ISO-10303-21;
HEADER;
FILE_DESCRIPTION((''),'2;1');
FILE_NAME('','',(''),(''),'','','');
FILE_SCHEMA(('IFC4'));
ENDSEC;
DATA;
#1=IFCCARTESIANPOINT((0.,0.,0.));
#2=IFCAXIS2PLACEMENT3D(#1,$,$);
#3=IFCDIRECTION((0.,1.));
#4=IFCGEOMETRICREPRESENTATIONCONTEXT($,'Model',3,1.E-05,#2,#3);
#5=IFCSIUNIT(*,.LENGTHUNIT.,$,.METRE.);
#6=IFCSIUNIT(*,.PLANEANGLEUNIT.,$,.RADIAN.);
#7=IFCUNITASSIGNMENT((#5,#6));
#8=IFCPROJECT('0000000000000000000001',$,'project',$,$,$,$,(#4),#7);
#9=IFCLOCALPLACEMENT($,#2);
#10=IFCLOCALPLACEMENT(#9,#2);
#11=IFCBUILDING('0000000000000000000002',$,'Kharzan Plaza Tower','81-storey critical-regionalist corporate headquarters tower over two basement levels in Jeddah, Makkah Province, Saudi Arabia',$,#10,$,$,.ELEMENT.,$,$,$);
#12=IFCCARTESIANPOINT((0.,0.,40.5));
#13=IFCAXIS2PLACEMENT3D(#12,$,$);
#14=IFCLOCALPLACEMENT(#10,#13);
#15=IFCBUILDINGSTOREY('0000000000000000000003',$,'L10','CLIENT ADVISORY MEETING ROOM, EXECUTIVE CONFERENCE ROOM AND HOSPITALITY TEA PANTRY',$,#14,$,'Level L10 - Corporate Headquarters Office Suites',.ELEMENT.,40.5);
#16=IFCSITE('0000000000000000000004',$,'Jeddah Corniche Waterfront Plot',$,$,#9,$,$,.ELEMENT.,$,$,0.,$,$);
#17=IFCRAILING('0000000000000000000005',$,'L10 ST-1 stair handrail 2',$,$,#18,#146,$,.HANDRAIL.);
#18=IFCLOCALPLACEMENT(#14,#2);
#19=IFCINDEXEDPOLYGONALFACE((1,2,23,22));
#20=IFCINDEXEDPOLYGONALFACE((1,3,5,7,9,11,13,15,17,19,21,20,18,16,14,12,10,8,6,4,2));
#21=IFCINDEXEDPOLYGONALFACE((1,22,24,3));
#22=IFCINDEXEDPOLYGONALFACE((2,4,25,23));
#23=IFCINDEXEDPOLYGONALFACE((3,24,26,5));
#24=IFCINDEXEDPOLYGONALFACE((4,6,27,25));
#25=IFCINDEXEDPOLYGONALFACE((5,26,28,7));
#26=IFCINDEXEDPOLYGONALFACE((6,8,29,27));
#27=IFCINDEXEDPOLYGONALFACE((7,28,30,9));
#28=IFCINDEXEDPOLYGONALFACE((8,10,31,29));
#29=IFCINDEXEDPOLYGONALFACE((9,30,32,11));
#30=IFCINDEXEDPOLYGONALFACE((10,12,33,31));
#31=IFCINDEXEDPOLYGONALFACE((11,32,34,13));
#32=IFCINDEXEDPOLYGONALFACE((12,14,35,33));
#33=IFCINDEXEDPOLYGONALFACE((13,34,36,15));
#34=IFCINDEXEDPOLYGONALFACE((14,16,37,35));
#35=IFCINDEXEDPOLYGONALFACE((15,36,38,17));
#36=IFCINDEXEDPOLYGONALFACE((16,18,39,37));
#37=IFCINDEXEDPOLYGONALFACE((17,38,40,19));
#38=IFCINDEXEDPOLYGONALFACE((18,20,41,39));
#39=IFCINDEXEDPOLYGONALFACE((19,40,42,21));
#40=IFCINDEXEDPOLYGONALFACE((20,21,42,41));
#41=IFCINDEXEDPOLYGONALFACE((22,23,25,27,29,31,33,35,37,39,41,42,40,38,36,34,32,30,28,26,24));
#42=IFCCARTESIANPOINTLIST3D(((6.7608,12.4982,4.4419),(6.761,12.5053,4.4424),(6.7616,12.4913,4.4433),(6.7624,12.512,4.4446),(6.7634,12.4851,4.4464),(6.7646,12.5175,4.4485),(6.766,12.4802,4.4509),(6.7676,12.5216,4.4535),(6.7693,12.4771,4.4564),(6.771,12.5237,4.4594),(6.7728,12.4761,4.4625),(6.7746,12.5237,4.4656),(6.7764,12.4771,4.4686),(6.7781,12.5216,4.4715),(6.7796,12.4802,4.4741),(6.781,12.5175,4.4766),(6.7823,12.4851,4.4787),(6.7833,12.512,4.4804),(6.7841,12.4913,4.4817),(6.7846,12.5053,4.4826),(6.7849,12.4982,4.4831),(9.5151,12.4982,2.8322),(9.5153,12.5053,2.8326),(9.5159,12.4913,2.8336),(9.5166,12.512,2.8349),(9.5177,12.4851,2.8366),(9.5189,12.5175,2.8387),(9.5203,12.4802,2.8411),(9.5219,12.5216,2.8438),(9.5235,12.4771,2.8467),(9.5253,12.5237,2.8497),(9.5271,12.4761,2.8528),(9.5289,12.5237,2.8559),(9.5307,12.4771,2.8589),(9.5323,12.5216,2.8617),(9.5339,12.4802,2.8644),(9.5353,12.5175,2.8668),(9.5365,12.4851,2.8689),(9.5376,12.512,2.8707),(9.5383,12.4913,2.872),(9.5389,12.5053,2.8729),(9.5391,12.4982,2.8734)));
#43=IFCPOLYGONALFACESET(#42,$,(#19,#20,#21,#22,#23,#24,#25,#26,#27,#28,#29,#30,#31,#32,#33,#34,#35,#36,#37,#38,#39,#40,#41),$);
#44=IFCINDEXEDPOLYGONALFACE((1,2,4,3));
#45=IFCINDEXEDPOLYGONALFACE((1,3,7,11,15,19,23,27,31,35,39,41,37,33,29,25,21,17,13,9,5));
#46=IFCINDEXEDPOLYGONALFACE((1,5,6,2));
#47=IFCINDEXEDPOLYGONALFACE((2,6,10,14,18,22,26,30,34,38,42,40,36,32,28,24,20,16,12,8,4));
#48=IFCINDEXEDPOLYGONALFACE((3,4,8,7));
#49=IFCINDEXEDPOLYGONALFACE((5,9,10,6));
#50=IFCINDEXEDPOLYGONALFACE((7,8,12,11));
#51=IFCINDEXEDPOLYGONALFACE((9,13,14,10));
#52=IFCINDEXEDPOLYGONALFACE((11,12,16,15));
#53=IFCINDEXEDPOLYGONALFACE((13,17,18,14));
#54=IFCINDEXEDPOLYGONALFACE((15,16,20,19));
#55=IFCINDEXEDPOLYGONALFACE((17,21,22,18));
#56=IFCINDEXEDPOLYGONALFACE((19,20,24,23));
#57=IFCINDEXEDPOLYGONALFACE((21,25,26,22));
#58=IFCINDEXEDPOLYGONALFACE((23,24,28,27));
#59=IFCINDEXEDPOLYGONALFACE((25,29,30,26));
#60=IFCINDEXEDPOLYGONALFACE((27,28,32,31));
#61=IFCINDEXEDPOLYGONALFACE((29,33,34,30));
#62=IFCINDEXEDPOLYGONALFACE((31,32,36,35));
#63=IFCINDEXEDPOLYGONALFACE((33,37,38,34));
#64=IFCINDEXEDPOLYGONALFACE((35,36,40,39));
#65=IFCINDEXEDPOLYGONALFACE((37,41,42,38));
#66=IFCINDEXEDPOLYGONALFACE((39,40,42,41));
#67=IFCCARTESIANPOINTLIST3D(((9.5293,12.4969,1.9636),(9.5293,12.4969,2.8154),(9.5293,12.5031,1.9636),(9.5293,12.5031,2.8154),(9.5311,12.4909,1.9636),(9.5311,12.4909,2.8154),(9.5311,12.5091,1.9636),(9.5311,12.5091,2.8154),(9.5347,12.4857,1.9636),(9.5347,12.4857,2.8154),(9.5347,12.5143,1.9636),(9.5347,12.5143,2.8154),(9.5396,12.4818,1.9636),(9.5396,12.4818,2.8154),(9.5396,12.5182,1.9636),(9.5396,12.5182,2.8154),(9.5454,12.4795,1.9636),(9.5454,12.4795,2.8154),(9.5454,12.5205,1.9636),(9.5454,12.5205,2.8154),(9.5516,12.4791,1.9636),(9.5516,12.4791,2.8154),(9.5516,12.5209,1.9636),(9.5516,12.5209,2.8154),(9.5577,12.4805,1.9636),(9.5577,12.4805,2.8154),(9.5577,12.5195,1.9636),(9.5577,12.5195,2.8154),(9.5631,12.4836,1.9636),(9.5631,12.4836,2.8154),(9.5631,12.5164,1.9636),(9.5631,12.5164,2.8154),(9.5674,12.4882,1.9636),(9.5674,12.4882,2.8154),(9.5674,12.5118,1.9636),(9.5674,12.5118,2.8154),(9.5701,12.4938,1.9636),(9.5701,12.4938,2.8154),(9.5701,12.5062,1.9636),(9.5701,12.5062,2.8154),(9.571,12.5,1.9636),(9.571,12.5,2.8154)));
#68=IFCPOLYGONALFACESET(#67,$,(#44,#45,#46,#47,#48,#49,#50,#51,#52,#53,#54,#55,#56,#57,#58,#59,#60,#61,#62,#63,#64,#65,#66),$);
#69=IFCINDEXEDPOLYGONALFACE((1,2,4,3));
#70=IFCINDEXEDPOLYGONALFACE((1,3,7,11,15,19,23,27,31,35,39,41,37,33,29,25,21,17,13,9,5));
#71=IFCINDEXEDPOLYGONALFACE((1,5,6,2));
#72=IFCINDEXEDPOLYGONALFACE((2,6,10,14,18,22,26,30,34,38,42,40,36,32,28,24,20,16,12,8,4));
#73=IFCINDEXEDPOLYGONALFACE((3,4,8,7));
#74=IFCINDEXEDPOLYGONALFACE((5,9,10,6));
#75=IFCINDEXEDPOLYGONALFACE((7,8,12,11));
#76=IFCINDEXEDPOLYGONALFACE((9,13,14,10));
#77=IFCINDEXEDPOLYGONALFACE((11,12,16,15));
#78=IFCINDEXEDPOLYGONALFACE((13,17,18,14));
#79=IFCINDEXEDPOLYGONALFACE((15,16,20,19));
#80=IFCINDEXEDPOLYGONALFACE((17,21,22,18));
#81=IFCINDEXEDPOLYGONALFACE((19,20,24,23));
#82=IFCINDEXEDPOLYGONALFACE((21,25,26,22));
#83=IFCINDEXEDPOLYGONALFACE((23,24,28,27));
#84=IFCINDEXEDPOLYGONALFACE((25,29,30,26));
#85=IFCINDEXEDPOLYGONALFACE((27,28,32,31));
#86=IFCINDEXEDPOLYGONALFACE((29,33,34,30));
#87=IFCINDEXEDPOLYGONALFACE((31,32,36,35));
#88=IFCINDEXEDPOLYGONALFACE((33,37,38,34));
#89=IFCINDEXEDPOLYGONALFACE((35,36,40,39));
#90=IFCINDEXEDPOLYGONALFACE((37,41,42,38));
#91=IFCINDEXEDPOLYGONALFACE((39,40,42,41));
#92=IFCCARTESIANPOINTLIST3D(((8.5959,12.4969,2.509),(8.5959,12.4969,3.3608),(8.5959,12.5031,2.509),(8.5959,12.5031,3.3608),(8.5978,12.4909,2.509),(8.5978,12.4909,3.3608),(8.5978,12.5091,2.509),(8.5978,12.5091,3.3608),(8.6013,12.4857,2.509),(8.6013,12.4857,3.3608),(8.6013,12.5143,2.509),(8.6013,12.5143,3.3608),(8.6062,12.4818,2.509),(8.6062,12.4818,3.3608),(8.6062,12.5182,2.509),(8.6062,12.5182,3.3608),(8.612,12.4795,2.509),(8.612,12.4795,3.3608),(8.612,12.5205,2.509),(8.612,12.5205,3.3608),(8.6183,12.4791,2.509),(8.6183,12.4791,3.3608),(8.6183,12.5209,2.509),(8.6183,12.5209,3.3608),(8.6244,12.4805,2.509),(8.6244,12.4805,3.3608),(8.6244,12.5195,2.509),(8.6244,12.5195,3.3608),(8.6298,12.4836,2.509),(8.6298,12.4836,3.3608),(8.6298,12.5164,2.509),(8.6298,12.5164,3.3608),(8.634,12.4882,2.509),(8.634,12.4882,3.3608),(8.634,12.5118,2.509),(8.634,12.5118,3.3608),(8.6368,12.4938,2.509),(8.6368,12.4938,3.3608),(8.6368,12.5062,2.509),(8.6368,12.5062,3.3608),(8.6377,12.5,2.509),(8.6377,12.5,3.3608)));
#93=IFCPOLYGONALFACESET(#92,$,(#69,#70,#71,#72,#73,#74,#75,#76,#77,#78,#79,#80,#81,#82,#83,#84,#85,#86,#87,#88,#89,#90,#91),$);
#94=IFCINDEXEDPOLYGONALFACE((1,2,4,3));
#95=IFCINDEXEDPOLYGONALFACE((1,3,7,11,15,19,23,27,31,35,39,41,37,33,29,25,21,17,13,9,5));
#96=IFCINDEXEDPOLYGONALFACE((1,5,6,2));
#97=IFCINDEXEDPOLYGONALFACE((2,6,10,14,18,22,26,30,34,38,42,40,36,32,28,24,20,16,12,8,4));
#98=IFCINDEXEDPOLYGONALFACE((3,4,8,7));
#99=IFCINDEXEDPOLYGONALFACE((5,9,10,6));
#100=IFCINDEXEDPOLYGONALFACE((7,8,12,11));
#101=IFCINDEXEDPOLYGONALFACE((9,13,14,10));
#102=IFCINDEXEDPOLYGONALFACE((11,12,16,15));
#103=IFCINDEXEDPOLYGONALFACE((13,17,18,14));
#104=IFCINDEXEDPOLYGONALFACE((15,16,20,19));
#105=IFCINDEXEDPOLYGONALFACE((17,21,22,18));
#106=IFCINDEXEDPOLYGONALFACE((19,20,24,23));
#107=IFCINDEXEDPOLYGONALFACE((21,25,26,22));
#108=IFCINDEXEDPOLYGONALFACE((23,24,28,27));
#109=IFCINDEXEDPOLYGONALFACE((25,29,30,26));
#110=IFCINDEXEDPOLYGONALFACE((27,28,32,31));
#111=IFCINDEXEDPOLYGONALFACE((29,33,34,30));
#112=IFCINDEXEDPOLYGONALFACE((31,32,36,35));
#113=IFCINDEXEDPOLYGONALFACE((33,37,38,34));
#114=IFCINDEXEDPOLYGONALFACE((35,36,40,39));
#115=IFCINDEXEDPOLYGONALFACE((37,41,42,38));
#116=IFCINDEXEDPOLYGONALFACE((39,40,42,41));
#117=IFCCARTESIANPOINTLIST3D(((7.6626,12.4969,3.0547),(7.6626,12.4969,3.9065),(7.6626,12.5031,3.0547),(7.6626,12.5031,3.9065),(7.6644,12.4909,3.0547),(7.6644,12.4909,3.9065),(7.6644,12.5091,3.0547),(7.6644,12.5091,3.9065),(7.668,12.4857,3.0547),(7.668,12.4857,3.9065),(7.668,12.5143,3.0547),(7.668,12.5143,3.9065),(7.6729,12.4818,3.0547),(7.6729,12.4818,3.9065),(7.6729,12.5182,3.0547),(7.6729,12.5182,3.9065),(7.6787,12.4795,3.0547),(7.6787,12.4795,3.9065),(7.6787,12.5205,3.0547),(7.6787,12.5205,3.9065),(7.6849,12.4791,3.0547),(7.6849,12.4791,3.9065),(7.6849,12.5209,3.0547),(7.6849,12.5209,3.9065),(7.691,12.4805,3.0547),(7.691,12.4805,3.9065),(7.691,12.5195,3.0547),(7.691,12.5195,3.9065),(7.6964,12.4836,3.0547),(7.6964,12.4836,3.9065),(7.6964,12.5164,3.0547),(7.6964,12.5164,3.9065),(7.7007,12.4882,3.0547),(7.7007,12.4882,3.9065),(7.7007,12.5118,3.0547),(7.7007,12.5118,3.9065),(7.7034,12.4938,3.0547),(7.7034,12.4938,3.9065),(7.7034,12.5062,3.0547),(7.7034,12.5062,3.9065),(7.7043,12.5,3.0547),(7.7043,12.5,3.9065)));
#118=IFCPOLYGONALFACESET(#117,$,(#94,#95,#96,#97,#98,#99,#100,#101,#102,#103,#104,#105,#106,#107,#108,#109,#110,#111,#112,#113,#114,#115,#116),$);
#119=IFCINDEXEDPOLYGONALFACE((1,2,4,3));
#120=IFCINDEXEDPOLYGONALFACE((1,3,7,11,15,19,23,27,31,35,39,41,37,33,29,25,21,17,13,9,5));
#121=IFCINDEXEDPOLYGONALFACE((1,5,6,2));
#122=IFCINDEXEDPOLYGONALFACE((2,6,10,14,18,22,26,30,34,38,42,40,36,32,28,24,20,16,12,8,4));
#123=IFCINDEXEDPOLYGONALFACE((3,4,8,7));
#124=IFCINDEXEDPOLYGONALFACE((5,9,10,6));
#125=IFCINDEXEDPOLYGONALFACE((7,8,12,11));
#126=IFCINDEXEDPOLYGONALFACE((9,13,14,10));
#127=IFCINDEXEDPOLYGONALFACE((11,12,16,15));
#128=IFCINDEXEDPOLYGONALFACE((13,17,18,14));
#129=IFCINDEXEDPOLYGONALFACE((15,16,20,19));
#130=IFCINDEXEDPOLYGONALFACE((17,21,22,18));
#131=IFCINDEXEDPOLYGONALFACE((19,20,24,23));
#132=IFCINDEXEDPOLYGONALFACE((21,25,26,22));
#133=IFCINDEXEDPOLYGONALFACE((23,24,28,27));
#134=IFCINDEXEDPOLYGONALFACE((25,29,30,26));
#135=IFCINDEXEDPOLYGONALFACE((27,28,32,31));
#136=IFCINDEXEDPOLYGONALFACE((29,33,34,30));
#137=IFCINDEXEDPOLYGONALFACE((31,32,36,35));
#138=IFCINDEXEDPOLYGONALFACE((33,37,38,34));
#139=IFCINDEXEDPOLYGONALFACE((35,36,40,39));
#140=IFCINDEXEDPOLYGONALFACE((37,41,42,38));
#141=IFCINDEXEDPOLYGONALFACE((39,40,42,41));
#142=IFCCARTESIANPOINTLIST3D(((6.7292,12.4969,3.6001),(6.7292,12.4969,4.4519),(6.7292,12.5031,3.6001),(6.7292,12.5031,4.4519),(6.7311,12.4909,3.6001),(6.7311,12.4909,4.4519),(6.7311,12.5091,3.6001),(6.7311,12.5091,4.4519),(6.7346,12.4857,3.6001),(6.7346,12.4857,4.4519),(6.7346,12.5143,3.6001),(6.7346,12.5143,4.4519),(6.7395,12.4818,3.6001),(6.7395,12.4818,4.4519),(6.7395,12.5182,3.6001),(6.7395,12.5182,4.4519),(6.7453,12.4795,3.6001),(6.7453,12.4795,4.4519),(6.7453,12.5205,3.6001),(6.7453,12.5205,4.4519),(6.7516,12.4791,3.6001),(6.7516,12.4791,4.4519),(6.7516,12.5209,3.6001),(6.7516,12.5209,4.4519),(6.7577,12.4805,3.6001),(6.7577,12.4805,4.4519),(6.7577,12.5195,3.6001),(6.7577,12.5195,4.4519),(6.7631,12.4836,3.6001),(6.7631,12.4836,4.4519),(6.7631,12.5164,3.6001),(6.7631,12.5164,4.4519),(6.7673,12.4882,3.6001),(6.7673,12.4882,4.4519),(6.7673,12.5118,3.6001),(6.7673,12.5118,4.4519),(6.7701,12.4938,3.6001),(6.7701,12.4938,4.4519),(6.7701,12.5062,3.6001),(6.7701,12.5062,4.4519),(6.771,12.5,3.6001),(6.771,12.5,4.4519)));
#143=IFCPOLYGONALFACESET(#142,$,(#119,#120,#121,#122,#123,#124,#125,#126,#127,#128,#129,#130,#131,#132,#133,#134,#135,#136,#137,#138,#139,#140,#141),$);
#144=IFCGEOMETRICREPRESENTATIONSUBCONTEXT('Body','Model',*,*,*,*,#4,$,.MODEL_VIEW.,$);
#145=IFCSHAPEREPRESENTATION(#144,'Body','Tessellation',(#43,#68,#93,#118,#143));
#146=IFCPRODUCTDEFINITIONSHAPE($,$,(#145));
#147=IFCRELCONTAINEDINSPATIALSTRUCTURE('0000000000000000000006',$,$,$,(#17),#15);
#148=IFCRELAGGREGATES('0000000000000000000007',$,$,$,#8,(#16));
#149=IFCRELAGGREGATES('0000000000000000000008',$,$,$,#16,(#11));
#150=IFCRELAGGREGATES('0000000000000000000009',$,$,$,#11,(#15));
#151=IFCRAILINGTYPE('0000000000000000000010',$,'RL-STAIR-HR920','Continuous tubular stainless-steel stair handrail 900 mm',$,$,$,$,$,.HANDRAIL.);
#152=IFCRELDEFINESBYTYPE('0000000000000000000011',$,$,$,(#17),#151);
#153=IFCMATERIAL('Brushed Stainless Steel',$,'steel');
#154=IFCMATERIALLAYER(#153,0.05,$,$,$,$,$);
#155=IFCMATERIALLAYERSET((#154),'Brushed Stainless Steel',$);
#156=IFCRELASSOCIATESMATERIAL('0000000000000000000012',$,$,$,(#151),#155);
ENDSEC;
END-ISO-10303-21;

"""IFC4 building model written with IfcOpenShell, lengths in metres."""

from ifc_helpers import new_model, si_unit, direction, frame, origin, origin_2d, place, context, subcontext, project, spatial, circle, extrude, source, transform, mapped, material, layer, layer_set, type_object, element, save


model = new_model("IFC4")

# Units and contexts
model_context = context("Model", 3, precision=1e-05, world=origin(), true_north=direction((0.0, 1.0)))
body_context = subcontext(model_context, "Body", "Model", "MODEL_VIEW")
ifc_project = project(units=[si_unit("LENGTHUNIT", "METRE"), si_unit("PLANEANGLEUNIT", "RADIAN")], contexts=[model_context])

# Site, building, storey
site_placement = place(None, origin())
site = spatial("IfcSite", under=ifc_project, at=site_placement, Name="Jeddah Corniche Waterfront Plot", CompositionType="ELEMENT", RefElevation=0.0)
building_placement = place(site_placement, origin())
building = spatial("IfcBuilding", under=site, at=building_placement, Name="Kharzan Plaza Tower", Description="81-storey critical-regionalist corporate headquarters tower over two basement levels in Jeddah, Makkah Province, Saudi Arabia", CompositionType="ELEMENT")
storey_placement = place(building_placement, frame((0.0, 0.0, 40.5)))
storey = spatial("IfcBuildingStorey", under=building, at=storey_placement, Name="L10", Description="CLIENT ADVISORY MEETING ROOM, EXECUTIVE CONFERENCE ROOM AND HOSPITALITY TEA PANTRY", LongName="Level L10 - Corporate Headquarters Office Suites", CompositionType="ELEMENT", Elevation=40.5)

# Shared definitions
ifc_material_1 = material(Name="Brushed Stainless Steel", Category="steel")

# Railing
ifc_layer_1 = layer(ifc_material_1, 0.05)
ifc_layer_set_1 = layer_set([ifc_layer_1], Name="Brushed Stainless Steel")
railing_type_1 = type_object("IfcRailingType", Name="RL-STAIR-HR920", Description="Continuous tubular stainless-steel stair handrail 900 mm", PredefinedType="HANDRAIL", material=ifc_layer_set_1)
shared_shape_1 = source(origin(), body_context, "Body", "SweptSolid", [
    extrude(circle(Radius=0.0239, at=origin_2d()), frame((-0.0229, 0.0, 0.8892), z_axis=(-0.863361, 0.0, 0.504587), x_axis=(0.0, -1.0, 0.0)), (0.0, 0.0, 1.0), 3.1902),
    extrude(circle(Radius=0.021, at=origin_2d()), origin(), (0.0, 0.0, 1.0), 0.8518),
    extrude(circle(Radius=0.021, at=origin_2d()), frame((-0.9333, 0.0, 0.5454)), (0.0, 0.0, 1.0), 0.8518),
    extrude(circle(Radius=0.021, at=origin_2d()), frame((-1.8667, 0.0, 1.0911)), (0.0, 0.0, 1.0), 0.8518),
    extrude(circle(Radius=0.021, at=origin_2d()), frame((-2.8, 0.0, 1.6365)), (0.0, 0.0, 1.0), 0.8518),
])
railing_1_placement = place(storey_placement, frame((9.55, 12.5, 1.9636)))
element("IfcRailing", 1, at=railing_1_placement, inside=storey, type_object=railing_type_1, Name="L10 ST-1 stair handrail 2", PredefinedType="HANDRAIL", context=body_context, shape_type="MappedRepresentation", body=[
    mapped(shared_shape_1, transform((0.0, 0.0, 0.0), x_axis=(1.0, 0.0, 0.0), y_axis=(0.0, 1.0, 0.0), z_axis=(0.0, 0.0, 1.0))),
])

save(model, "model.ifc")
